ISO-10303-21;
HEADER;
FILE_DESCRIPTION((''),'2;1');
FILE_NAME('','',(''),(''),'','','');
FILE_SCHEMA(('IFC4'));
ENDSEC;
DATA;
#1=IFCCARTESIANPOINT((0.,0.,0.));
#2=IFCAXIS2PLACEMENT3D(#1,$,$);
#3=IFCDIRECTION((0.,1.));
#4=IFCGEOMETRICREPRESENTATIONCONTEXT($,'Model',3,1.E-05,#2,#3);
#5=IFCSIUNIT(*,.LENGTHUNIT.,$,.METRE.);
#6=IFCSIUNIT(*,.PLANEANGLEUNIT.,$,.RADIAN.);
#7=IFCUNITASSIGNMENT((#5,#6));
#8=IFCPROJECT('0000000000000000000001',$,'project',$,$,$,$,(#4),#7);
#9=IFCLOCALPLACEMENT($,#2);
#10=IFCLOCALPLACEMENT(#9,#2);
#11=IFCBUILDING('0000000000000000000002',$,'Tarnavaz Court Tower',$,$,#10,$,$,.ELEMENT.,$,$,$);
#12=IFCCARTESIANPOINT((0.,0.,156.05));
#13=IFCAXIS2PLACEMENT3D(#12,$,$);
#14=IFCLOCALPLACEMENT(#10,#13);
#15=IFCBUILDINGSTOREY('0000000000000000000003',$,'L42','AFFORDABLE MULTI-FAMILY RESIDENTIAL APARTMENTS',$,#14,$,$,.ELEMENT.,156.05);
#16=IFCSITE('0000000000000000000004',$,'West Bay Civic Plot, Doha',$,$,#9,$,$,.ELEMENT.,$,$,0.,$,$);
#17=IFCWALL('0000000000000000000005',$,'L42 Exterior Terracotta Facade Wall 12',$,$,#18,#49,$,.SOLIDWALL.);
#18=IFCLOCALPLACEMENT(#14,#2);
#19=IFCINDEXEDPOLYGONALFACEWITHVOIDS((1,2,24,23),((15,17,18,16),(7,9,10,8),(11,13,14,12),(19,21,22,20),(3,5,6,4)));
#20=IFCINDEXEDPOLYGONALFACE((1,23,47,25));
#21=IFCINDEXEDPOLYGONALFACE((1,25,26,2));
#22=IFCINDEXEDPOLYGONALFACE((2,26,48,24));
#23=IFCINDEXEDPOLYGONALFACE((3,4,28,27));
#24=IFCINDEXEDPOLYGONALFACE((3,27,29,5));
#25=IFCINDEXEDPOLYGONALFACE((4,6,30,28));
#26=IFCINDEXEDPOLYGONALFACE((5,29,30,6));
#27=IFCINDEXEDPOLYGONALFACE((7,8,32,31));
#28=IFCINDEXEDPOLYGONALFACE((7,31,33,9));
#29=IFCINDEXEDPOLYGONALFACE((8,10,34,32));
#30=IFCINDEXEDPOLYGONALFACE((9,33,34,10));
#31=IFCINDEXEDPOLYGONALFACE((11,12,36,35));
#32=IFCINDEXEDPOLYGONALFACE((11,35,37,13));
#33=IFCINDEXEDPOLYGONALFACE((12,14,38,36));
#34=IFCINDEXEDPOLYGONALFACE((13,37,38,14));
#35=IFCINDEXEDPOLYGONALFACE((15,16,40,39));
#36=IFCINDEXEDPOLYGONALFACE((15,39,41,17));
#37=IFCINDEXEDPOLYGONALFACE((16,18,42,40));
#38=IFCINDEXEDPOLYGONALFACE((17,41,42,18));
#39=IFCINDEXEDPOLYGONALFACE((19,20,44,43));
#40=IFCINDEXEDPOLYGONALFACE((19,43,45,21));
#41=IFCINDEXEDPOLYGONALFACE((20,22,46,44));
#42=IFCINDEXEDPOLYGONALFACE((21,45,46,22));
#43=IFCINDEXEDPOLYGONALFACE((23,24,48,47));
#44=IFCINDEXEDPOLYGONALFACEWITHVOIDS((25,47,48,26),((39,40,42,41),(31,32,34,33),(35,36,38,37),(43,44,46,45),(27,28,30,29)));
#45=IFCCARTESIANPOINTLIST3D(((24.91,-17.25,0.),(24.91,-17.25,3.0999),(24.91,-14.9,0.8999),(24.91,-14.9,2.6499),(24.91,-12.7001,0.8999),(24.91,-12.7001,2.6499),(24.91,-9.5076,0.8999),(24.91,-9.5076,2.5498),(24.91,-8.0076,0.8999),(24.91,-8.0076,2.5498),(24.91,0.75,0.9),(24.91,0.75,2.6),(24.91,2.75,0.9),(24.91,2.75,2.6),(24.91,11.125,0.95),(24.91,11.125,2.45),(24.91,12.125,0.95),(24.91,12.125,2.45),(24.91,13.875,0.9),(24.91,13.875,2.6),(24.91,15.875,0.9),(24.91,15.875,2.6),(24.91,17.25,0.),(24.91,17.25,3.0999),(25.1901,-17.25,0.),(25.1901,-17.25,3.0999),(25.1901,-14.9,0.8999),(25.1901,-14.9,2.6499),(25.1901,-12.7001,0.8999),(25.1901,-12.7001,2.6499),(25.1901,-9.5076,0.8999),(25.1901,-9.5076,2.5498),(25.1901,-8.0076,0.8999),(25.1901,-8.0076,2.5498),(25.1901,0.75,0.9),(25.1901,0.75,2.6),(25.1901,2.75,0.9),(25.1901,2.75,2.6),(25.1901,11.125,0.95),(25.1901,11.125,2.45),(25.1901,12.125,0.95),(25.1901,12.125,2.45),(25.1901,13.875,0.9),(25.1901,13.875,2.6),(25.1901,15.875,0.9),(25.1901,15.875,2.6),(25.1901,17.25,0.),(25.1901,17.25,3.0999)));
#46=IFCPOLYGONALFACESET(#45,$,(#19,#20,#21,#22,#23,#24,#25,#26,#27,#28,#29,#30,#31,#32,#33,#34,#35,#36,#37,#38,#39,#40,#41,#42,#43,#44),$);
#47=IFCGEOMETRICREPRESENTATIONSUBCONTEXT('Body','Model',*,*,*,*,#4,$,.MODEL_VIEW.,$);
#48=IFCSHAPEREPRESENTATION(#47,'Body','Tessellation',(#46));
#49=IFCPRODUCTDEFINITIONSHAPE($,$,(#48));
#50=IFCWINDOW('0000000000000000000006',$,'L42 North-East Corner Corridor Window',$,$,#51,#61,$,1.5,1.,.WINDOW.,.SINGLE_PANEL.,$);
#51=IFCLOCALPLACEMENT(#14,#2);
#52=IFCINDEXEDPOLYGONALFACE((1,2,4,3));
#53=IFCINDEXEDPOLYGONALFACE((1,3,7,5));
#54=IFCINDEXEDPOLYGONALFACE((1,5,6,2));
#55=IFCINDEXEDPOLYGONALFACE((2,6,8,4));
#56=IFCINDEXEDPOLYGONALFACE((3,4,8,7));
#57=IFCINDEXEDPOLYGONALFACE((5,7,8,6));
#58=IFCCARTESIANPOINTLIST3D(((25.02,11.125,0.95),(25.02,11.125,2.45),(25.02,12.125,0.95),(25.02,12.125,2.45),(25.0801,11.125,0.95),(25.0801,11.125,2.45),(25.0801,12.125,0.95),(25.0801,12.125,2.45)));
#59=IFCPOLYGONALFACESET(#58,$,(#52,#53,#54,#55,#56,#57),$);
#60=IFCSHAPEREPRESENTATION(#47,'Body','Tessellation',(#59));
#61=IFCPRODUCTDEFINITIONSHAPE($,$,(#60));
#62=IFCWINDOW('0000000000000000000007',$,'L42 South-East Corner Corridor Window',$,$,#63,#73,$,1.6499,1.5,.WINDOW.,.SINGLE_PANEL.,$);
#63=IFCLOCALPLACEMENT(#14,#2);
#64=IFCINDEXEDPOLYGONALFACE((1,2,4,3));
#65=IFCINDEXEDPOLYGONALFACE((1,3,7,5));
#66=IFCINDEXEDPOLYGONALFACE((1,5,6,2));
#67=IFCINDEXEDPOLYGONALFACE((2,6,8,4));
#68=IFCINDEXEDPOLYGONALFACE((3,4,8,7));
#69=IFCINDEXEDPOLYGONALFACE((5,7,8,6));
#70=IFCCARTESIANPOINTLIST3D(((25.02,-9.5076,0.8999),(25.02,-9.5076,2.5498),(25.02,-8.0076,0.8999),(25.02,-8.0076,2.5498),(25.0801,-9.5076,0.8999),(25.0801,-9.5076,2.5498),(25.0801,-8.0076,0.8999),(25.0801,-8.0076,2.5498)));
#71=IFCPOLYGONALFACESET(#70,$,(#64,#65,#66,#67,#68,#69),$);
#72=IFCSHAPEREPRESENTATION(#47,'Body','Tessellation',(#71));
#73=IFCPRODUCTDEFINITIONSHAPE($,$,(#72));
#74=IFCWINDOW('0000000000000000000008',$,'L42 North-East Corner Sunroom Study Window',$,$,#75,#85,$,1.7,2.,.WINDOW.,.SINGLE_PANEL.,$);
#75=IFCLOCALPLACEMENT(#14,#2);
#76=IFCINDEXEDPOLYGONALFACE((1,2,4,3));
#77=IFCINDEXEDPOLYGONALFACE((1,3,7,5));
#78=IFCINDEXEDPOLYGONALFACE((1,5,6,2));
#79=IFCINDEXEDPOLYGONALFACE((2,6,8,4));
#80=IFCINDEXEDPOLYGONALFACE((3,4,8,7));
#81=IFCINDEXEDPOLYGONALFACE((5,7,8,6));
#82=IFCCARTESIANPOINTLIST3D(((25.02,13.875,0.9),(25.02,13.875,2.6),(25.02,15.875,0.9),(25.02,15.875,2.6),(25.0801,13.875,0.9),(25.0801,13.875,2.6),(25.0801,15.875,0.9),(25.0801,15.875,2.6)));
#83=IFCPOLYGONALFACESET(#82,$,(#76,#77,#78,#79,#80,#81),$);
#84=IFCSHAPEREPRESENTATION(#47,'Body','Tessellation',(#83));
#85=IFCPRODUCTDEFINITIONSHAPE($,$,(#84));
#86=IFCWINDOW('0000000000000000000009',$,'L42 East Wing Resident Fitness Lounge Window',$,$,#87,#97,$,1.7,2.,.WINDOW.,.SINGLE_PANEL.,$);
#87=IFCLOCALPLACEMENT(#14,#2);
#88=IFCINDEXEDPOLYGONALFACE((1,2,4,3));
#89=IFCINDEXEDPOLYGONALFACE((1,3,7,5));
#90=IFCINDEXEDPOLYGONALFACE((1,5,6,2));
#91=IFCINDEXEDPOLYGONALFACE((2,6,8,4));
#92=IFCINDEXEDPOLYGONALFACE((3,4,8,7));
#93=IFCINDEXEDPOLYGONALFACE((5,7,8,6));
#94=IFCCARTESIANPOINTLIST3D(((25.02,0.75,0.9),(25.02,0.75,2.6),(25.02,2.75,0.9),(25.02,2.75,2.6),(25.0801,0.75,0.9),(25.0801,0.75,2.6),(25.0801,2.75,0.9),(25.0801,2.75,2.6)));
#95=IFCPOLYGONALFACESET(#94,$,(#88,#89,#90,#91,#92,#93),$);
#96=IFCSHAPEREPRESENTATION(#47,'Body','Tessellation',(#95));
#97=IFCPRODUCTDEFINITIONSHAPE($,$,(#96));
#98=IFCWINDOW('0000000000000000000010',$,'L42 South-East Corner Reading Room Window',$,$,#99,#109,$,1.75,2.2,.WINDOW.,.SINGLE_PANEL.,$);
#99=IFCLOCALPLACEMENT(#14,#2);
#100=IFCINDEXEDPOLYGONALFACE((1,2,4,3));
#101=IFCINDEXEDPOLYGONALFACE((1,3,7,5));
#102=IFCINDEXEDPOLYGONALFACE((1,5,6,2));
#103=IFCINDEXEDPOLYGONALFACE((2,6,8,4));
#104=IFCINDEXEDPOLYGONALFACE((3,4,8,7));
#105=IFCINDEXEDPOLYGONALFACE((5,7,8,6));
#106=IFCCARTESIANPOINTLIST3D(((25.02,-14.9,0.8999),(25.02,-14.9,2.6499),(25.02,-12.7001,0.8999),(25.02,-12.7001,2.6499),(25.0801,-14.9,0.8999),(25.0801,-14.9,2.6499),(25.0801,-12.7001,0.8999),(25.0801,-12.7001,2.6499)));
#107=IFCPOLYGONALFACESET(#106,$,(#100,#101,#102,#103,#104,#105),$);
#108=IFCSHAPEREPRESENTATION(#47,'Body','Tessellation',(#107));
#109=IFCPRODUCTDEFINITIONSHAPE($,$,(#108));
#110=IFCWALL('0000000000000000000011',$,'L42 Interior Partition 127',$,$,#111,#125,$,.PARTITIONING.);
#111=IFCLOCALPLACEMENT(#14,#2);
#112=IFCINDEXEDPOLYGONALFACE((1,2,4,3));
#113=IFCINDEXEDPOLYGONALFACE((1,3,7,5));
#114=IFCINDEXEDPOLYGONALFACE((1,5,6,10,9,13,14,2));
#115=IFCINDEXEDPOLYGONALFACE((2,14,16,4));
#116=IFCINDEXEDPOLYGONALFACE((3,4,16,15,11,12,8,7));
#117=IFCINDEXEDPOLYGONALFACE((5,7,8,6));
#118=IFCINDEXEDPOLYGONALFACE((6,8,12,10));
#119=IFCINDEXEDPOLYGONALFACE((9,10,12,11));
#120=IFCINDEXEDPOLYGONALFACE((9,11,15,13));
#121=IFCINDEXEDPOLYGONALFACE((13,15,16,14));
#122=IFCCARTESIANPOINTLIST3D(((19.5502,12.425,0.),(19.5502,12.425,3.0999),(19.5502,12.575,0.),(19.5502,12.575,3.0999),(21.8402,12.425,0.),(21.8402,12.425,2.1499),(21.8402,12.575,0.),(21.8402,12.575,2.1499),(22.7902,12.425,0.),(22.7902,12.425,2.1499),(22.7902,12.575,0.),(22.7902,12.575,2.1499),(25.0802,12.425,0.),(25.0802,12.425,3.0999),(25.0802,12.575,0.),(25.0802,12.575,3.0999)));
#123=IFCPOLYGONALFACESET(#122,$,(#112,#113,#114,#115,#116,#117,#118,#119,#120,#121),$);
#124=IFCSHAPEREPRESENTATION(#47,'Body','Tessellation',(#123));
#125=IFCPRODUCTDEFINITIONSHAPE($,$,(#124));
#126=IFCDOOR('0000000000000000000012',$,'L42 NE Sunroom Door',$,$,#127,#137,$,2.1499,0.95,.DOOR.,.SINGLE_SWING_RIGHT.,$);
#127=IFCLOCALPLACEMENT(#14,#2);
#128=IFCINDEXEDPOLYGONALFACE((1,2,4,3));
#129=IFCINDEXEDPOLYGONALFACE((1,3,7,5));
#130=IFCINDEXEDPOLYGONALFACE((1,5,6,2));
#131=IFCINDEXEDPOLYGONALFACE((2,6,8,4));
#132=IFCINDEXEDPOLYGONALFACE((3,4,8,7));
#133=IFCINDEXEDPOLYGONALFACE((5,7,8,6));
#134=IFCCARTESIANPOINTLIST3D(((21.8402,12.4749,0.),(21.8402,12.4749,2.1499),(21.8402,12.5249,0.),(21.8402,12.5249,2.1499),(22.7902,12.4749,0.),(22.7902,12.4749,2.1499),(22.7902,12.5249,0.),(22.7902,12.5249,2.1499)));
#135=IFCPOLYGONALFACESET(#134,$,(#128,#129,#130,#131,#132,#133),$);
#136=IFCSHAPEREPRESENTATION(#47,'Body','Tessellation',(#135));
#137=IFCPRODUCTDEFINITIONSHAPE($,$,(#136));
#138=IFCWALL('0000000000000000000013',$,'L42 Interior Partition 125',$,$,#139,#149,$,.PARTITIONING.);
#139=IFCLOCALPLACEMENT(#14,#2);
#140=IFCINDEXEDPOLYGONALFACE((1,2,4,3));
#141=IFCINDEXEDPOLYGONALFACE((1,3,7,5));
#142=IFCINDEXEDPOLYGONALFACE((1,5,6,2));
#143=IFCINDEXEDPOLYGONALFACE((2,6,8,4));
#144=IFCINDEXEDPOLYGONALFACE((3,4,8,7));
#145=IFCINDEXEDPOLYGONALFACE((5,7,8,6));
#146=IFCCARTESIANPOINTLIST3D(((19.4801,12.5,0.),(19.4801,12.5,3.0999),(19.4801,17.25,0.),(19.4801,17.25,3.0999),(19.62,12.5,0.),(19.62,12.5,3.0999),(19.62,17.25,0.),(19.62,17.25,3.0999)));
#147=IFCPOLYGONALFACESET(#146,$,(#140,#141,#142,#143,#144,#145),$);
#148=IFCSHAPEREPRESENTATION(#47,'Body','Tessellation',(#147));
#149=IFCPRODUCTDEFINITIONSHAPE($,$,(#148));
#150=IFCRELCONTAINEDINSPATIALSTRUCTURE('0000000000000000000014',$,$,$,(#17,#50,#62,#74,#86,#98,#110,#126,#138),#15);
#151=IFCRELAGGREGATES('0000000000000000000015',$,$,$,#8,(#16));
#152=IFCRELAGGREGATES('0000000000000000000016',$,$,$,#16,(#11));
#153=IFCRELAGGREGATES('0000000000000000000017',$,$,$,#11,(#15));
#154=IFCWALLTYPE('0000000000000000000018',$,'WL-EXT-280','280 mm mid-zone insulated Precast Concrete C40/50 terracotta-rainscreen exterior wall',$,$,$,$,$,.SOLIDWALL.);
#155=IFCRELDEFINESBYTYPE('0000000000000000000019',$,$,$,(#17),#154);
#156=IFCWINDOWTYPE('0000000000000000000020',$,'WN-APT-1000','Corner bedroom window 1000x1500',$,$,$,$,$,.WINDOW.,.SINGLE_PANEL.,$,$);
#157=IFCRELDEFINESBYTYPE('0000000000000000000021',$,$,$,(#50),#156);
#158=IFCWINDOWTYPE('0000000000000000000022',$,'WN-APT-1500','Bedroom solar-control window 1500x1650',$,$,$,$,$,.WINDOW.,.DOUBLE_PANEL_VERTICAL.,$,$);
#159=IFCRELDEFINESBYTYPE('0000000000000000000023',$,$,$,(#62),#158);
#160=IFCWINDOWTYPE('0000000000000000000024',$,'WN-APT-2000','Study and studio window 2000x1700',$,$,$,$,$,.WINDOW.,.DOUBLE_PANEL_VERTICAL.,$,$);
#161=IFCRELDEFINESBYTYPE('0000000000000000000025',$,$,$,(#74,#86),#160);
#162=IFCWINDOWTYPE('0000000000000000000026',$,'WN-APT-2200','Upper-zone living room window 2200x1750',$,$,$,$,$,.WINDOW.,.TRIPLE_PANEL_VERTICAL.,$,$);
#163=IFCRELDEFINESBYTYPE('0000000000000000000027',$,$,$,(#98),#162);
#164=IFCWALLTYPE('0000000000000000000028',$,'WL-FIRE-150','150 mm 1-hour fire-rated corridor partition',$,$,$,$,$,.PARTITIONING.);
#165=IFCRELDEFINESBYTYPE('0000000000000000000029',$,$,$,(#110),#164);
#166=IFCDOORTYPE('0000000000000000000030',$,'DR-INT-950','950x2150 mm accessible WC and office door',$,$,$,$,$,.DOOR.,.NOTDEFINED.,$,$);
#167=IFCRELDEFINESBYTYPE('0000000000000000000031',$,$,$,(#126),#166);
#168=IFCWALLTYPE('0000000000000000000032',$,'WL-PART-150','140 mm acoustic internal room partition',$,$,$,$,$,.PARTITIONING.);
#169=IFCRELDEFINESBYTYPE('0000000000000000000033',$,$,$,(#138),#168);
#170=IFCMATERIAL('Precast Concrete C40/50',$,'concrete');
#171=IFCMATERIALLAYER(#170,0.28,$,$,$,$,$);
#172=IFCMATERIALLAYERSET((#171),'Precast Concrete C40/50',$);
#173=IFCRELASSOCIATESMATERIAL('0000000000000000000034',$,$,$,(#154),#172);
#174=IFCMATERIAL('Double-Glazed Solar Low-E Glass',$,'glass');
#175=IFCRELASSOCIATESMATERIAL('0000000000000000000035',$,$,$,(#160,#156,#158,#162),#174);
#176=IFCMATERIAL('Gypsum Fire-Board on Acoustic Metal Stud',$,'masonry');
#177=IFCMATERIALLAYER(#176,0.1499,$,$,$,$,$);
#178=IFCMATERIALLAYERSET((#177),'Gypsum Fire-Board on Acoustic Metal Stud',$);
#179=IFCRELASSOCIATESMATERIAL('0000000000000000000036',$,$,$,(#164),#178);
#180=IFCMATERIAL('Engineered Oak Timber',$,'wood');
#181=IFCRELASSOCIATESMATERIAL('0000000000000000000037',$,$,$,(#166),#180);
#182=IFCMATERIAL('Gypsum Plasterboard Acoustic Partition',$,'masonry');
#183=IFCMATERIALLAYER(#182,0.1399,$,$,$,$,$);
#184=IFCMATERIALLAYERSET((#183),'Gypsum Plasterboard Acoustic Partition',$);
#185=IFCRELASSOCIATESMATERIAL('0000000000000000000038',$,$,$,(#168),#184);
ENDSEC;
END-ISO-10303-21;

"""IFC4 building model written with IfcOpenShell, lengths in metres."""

from ifc_helpers import new_model, si_unit, direction, frame, frame_2d, origin, place, context, subcontext, project, spatial, rectangle, extrude, material, layer, layer_set, type_object, element, fill, save


model = new_model("IFC4")

# Units and contexts
model_context = context("Model", 3, precision=1e-05, world=origin(), true_north=direction((0.0, 1.0)))
body_context = subcontext(model_context, "Body", "Model", "MODEL_VIEW")
ifc_project = project(units=[si_unit("LENGTHUNIT", "METRE"), si_unit("PLANEANGLEUNIT", "RADIAN")], contexts=[model_context])

# Site, building, storey
site_placement = place(None, origin())
site = spatial("IfcSite", under=ifc_project, at=site_placement, Name="West Bay Civic Plot, Doha", CompositionType="ELEMENT", RefElevation=0.0)
building_placement = place(site_placement, origin())
building = spatial("IfcBuilding", under=site, at=building_placement, Name="Tarnavaz Court Tower", CompositionType="ELEMENT")
storey_placement = place(building_placement, frame((0.0, 0.0, 156.05)))
storey = spatial("IfcBuildingStorey", under=building, at=storey_placement, Name="L42", Description="AFFORDABLE MULTI-FAMILY RESIDENTIAL APARTMENTS", CompositionType="ELEMENT", Elevation=156.05)

# Shared definitions
ifc_material_1 = material(Name="Precast Concrete C40/50", Category="concrete")
ifc_layer_1 = layer(ifc_material_1, 0.28)
ifc_layer_set_1 = layer_set([ifc_layer_1], Name="Precast Concrete C40/50")
wall_type_1 = type_object("IfcWallType", Name="WL-EXT-280", Description="280 mm mid-zone insulated Precast Concrete C40/50 terracotta-rainscreen exterior wall", PredefinedType="SOLIDWALL", material=ifc_layer_set_1)
ifc_material_2 = material(Name="Double-Glazed Solar Low-E Glass", Category="glass")
window_type_1 = type_object("IfcWindowType", Name="WN-APT-2000", Description="Study and studio window 2000x1700", PartitioningType="DOUBLE_PANEL_VERTICAL", PredefinedType="WINDOW", material=ifc_material_2)

# Wall, openings, windows
wall_1_placement = place(storey_placement, frame((25.05, 17.25, 0.0), z_axis=(0.0, 0.0, 1.0), x_axis=(0.0, -1.0, 0.0)))
wall_1 = element("IfcWall", 1, at=wall_1_placement, inside=storey, type_object=wall_type_1, Name="L42 Exterior Terracotta Facade Wall 12", PredefinedType="SOLIDWALL", context=body_context, shape_type="SweptSolid", body=[
    extrude(rectangle(XDim=34.5, YDim=0.28, at=frame_2d((17.25, 0.0))), origin(), (0.0, 0.0, 1.0), 3.0999),
])
opening_1_placement = place(wall_1_placement, frame((1.375, 0.0, 0.8999)))
opening_1 = element("IfcOpeningElement", 2, at=opening_1_placement, cuts=wall_1, PredefinedType="OPENING", context=body_context, shape_type="SweptSolid", body=[
    extrude(rectangle(XDim=2.0, YDim=1.7, at=frame_2d((1.0, 0.8501))), frame((0.0, 0.1499, 0.0), z_axis=(0.0, -1.0, 0.0), x_axis=(1.0, 0.0, 0.0)), (0.0, 0.0, 1.0), 0.3),
])
opening_2_placement = place(wall_1_placement, frame((5.125, 0.0, 0.95)))
opening_2 = element("IfcOpeningElement", 3, at=opening_2_placement, cuts=wall_1, PredefinedType="OPENING", context=body_context, shape_type="SweptSolid", body=[
    extrude(rectangle(XDim=1.0, YDim=1.5, at=frame_2d((0.5, 0.75))), frame((0.0, 0.1499, 0.0), z_axis=(0.0, -1.0, 0.0), x_axis=(1.0, 0.0, 0.0)), (0.0, 0.0, 1.0), 0.3),
])
opening_3_placement = place(wall_1_placement, frame((14.5, 0.0, 0.8999)))
opening_3 = element("IfcOpeningElement", 4, at=opening_3_placement, cuts=wall_1, PredefinedType="OPENING", context=body_context, shape_type="SweptSolid", body=[
    extrude(rectangle(XDim=2.0, YDim=1.7, at=frame_2d((1.0, 0.8501))), frame((0.0, 0.1499, 0.0), z_axis=(0.0, -1.0, 0.0), x_axis=(1.0, 0.0, 0.0)), (0.0, 0.0, 1.0), 0.3),
])
opening_4_placement = place(wall_1_placement, frame((25.2576, 0.0, 0.8999)))
opening_4 = element("IfcOpeningElement", 5, at=opening_4_placement, cuts=wall_1, PredefinedType="OPENING", context=body_context, shape_type="SweptSolid", body=[
    extrude(rectangle(XDim=1.5, YDim=1.6499, at=frame_2d((0.75, 0.825))), frame((0.0, 0.1499, 0.0), z_axis=(0.0, -1.0, 0.0), x_axis=(1.0, 0.0, 0.0)), (0.0, 0.0, 1.0), 0.3),
])
opening_5_placement = place(wall_1_placement, frame((29.95, 0.0, 0.8999)))
opening_5 = element("IfcOpeningElement", 6, at=opening_5_placement, cuts=wall_1, PredefinedType="OPENING", context=body_context, shape_type="SweptSolid", body=[
    extrude(rectangle(XDim=2.2, YDim=1.75, at=frame_2d((1.1001, 0.875))), frame((0.0, 0.1499, 0.0), z_axis=(0.0, -1.0, 0.0), x_axis=(1.0, 0.0, 0.0)), (0.0, 0.0, 1.0), 0.3),
])
window_type_2 = type_object("IfcWindowType", Name="WN-APT-1000", Description="Corner bedroom window 1000x1500", PartitioningType="SINGLE_PANEL", PredefinedType="WINDOW", material=ifc_material_2)
window_1_placement = place(opening_2_placement, origin())
window_1 = element("IfcWindow", 7, at=window_1_placement, inside=storey, type_object=window_type_2, Name="L42 North-East Corner Corridor Window", OverallHeight=1.5, OverallWidth=1.0, PartitioningType="SINGLE_PANEL", PredefinedType="WINDOW", context=body_context, shape_type="SweptSolid", body=[
    extrude(rectangle(XDim=1.0, YDim=1.5, at=frame_2d((0.5, 0.75))), frame((0.0, 0.03, 0.0), z_axis=(0.0, -1.0, 0.0), x_axis=(1.0, 0.0, 0.0)), (0.0, 0.0, 1.0), 0.0601),
])
fill(opening_2, window_1)
window_type_3 = type_object("IfcWindowType", Name="WN-APT-1500", Description="Bedroom solar-control window 1500x1650", PartitioningType="DOUBLE_PANEL_VERTICAL", PredefinedType="WINDOW", material=ifc_material_2)
window_2_placement = place(opening_4_placement, origin())
window_2 = element("IfcWindow", 8, at=window_2_placement, inside=storey, type_object=window_type_3, Name="L42 South-East Corner Corridor Window", OverallHeight=1.6499, OverallWidth=1.5, PartitioningType="SINGLE_PANEL", PredefinedType="WINDOW", context=body_context, shape_type="SweptSolid", body=[
    extrude(rectangle(XDim=1.5, YDim=1.6499, at=frame_2d((0.75, 0.825))), frame((0.0, 0.03, 0.0), z_axis=(0.0, -1.0, 0.0), x_axis=(1.0, 0.0, 0.0)), (0.0, 0.0, 1.0), 0.0601),
])
fill(opening_4, window_2)
window_3_placement = place(opening_1_placement, origin())
window_3 = element("IfcWindow", 9, at=window_3_placement, inside=storey, type_object=window_type_1, Name="L42 North-East Corner Sunroom Study Window", OverallHeight=1.7, OverallWidth=2.0, PartitioningType="SINGLE_PANEL", PredefinedType="WINDOW", context=body_context, shape_type="SweptSolid", body=[
    extrude(rectangle(XDim=2.0, YDim=1.7, at=frame_2d((1.0, 0.8501))), frame((0.0, 0.03, 0.0), z_axis=(0.0, -1.0, 0.0), x_axis=(1.0, 0.0, 0.0)), (0.0, 0.0, 1.0), 0.0601),
])
fill(opening_1, window_3)
window_4_placement = place(opening_3_placement, origin())
window_4 = element("IfcWindow", 10, at=window_4_placement, inside=storey, type_object=window_type_1, Name="L42 East Wing Resident Fitness Lounge Window", OverallHeight=1.7, OverallWidth=2.0, PartitioningType="SINGLE_PANEL", PredefinedType="WINDOW", context=body_context, shape_type="SweptSolid", body=[
    extrude(rectangle(XDim=2.0, YDim=1.7, at=frame_2d((1.0, 0.8501))), frame((0.0, 0.03, 0.0), z_axis=(0.0, -1.0, 0.0), x_axis=(1.0, 0.0, 0.0)), (0.0, 0.0, 1.0), 0.0601),
])
fill(opening_3, window_4)
window_type_4 = type_object("IfcWindowType", Name="WN-APT-2200", Description="Upper-zone living room window 2200x1750", PartitioningType="TRIPLE_PANEL_VERTICAL", PredefinedType="WINDOW", material=ifc_material_2)
window_5_placement = place(opening_5_placement, origin())
window_5 = element("IfcWindow", 11, at=window_5_placement, inside=storey, type_object=window_type_4, Name="L42 South-East Corner Reading Room Window", OverallHeight=1.75, OverallWidth=2.2, PartitioningType="SINGLE_PANEL", PredefinedType="WINDOW", context=body_context, shape_type="SweptSolid", body=[
    extrude(rectangle(XDim=2.2, YDim=1.75, at=frame_2d((1.1001, 0.875))), frame((0.0, 0.03, 0.0), z_axis=(0.0, -1.0, 0.0), x_axis=(1.0, 0.0, 0.0)), (0.0, 0.0, 1.0), 0.0601),
])
fill(opening_5, window_5)

# Wall, opening, door
ifc_material_3 = material(Name="Gypsum Fire-Board on Acoustic Metal Stud", Category="masonry")
ifc_layer_2 = layer(ifc_material_3, 0.1499)
ifc_layer_set_2 = layer_set([ifc_layer_2], Name="Gypsum Fire-Board on Acoustic Metal Stud")
wall_type_2 = type_object("IfcWallType", Name="WL-FIRE-150", Description="150 mm 1-hour fire-rated corridor partition", PredefinedType="PARTITIONING", material=ifc_layer_set_2)
wall_2_placement = place(storey_placement, frame((19.55, 12.5, 0.0), z_axis=(0.0, 0.0, 1.0), x_axis=(1.0, 0.0, 0.0)))
wall_2 = element("IfcWall", 12, at=wall_2_placement, inside=storey, type_object=wall_type_2, Name="L42 Interior Partition 127", PredefinedType="PARTITIONING", context=body_context, shape_type="SweptSolid", body=[
    extrude(rectangle(XDim=5.53, YDim=0.1499, at=frame_2d((2.7651, 0.0))), origin(), (0.0, 0.0, 1.0), 3.0999),
])
opening_6_placement = place(wall_2_placement, frame((2.29, 0.0, 0.0)))
opening_6 = element("IfcOpeningElement", 13, at=opening_6_placement, cuts=wall_2, PredefinedType="OPENING", context=body_context, shape_type="SweptSolid", body=[
    extrude(rectangle(XDim=0.95, YDim=2.1499, at=frame_2d((0.4751, 1.075))), frame((0.0, 0.085, 0.0), z_axis=(0.0, -1.0, 0.0), x_axis=(1.0, 0.0, 0.0)), (0.0, 0.0, 1.0), 0.1699),
])
ifc_material_4 = material(Name="Engineered Oak Timber", Category="wood")
door_type = type_object("IfcDoorType", Name="DR-INT-950", Description="950x2150 mm accessible WC and office door", OperationType="NOTDEFINED", PredefinedType="DOOR", material=ifc_material_4)
door_placement = place(opening_6_placement, origin())
door = element("IfcDoor", 14, at=door_placement, inside=storey, type_object=door_type, Name="L42 NE Sunroom Door", OperationType="SINGLE_SWING_RIGHT", OverallHeight=2.1499, OverallWidth=0.95, PredefinedType="DOOR", context=body_context, shape_type="SweptSolid", body=[
    extrude(rectangle(XDim=0.95, YDim=2.1499, at=frame_2d((0.4751, 1.075))), frame((0.0, 0.0249, 0.0), z_axis=(0.0, -1.0, 0.0), x_axis=(1.0, 0.0, 0.0)), (0.0, 0.0, 1.0), 0.05),
])
fill(opening_6, door)

# Wall
ifc_material_5 = material(Name="Gypsum Plasterboard Acoustic Partition", Category="masonry")
ifc_layer_3 = layer(ifc_material_5, 0.1399)
ifc_layer_set_3 = layer_set([ifc_layer_3], Name="Gypsum Plasterboard Acoustic Partition")
wall_type_3 = type_object("IfcWallType", Name="WL-PART-150", Description="140 mm acoustic internal room partition", PredefinedType="PARTITIONING", material=ifc_layer_set_3)
wall_3_placement = place(storey_placement, frame((19.55, 12.5, 0.0), z_axis=(0.0, 0.0, 1.0), x_axis=(0.0, 1.0, 0.0)))
element("IfcWall", 15, at=wall_3_placement, inside=storey, type_object=wall_type_3, Name="L42 Interior Partition 125", PredefinedType="PARTITIONING", context=body_context, shape_type="SweptSolid", body=[
    extrude(rectangle(XDim=4.75, YDim=0.1399, at=frame_2d((2.375, 0.0))), origin(), (0.0, 0.0, 1.0), 3.0999),
])

save(model, "model.ifc")
